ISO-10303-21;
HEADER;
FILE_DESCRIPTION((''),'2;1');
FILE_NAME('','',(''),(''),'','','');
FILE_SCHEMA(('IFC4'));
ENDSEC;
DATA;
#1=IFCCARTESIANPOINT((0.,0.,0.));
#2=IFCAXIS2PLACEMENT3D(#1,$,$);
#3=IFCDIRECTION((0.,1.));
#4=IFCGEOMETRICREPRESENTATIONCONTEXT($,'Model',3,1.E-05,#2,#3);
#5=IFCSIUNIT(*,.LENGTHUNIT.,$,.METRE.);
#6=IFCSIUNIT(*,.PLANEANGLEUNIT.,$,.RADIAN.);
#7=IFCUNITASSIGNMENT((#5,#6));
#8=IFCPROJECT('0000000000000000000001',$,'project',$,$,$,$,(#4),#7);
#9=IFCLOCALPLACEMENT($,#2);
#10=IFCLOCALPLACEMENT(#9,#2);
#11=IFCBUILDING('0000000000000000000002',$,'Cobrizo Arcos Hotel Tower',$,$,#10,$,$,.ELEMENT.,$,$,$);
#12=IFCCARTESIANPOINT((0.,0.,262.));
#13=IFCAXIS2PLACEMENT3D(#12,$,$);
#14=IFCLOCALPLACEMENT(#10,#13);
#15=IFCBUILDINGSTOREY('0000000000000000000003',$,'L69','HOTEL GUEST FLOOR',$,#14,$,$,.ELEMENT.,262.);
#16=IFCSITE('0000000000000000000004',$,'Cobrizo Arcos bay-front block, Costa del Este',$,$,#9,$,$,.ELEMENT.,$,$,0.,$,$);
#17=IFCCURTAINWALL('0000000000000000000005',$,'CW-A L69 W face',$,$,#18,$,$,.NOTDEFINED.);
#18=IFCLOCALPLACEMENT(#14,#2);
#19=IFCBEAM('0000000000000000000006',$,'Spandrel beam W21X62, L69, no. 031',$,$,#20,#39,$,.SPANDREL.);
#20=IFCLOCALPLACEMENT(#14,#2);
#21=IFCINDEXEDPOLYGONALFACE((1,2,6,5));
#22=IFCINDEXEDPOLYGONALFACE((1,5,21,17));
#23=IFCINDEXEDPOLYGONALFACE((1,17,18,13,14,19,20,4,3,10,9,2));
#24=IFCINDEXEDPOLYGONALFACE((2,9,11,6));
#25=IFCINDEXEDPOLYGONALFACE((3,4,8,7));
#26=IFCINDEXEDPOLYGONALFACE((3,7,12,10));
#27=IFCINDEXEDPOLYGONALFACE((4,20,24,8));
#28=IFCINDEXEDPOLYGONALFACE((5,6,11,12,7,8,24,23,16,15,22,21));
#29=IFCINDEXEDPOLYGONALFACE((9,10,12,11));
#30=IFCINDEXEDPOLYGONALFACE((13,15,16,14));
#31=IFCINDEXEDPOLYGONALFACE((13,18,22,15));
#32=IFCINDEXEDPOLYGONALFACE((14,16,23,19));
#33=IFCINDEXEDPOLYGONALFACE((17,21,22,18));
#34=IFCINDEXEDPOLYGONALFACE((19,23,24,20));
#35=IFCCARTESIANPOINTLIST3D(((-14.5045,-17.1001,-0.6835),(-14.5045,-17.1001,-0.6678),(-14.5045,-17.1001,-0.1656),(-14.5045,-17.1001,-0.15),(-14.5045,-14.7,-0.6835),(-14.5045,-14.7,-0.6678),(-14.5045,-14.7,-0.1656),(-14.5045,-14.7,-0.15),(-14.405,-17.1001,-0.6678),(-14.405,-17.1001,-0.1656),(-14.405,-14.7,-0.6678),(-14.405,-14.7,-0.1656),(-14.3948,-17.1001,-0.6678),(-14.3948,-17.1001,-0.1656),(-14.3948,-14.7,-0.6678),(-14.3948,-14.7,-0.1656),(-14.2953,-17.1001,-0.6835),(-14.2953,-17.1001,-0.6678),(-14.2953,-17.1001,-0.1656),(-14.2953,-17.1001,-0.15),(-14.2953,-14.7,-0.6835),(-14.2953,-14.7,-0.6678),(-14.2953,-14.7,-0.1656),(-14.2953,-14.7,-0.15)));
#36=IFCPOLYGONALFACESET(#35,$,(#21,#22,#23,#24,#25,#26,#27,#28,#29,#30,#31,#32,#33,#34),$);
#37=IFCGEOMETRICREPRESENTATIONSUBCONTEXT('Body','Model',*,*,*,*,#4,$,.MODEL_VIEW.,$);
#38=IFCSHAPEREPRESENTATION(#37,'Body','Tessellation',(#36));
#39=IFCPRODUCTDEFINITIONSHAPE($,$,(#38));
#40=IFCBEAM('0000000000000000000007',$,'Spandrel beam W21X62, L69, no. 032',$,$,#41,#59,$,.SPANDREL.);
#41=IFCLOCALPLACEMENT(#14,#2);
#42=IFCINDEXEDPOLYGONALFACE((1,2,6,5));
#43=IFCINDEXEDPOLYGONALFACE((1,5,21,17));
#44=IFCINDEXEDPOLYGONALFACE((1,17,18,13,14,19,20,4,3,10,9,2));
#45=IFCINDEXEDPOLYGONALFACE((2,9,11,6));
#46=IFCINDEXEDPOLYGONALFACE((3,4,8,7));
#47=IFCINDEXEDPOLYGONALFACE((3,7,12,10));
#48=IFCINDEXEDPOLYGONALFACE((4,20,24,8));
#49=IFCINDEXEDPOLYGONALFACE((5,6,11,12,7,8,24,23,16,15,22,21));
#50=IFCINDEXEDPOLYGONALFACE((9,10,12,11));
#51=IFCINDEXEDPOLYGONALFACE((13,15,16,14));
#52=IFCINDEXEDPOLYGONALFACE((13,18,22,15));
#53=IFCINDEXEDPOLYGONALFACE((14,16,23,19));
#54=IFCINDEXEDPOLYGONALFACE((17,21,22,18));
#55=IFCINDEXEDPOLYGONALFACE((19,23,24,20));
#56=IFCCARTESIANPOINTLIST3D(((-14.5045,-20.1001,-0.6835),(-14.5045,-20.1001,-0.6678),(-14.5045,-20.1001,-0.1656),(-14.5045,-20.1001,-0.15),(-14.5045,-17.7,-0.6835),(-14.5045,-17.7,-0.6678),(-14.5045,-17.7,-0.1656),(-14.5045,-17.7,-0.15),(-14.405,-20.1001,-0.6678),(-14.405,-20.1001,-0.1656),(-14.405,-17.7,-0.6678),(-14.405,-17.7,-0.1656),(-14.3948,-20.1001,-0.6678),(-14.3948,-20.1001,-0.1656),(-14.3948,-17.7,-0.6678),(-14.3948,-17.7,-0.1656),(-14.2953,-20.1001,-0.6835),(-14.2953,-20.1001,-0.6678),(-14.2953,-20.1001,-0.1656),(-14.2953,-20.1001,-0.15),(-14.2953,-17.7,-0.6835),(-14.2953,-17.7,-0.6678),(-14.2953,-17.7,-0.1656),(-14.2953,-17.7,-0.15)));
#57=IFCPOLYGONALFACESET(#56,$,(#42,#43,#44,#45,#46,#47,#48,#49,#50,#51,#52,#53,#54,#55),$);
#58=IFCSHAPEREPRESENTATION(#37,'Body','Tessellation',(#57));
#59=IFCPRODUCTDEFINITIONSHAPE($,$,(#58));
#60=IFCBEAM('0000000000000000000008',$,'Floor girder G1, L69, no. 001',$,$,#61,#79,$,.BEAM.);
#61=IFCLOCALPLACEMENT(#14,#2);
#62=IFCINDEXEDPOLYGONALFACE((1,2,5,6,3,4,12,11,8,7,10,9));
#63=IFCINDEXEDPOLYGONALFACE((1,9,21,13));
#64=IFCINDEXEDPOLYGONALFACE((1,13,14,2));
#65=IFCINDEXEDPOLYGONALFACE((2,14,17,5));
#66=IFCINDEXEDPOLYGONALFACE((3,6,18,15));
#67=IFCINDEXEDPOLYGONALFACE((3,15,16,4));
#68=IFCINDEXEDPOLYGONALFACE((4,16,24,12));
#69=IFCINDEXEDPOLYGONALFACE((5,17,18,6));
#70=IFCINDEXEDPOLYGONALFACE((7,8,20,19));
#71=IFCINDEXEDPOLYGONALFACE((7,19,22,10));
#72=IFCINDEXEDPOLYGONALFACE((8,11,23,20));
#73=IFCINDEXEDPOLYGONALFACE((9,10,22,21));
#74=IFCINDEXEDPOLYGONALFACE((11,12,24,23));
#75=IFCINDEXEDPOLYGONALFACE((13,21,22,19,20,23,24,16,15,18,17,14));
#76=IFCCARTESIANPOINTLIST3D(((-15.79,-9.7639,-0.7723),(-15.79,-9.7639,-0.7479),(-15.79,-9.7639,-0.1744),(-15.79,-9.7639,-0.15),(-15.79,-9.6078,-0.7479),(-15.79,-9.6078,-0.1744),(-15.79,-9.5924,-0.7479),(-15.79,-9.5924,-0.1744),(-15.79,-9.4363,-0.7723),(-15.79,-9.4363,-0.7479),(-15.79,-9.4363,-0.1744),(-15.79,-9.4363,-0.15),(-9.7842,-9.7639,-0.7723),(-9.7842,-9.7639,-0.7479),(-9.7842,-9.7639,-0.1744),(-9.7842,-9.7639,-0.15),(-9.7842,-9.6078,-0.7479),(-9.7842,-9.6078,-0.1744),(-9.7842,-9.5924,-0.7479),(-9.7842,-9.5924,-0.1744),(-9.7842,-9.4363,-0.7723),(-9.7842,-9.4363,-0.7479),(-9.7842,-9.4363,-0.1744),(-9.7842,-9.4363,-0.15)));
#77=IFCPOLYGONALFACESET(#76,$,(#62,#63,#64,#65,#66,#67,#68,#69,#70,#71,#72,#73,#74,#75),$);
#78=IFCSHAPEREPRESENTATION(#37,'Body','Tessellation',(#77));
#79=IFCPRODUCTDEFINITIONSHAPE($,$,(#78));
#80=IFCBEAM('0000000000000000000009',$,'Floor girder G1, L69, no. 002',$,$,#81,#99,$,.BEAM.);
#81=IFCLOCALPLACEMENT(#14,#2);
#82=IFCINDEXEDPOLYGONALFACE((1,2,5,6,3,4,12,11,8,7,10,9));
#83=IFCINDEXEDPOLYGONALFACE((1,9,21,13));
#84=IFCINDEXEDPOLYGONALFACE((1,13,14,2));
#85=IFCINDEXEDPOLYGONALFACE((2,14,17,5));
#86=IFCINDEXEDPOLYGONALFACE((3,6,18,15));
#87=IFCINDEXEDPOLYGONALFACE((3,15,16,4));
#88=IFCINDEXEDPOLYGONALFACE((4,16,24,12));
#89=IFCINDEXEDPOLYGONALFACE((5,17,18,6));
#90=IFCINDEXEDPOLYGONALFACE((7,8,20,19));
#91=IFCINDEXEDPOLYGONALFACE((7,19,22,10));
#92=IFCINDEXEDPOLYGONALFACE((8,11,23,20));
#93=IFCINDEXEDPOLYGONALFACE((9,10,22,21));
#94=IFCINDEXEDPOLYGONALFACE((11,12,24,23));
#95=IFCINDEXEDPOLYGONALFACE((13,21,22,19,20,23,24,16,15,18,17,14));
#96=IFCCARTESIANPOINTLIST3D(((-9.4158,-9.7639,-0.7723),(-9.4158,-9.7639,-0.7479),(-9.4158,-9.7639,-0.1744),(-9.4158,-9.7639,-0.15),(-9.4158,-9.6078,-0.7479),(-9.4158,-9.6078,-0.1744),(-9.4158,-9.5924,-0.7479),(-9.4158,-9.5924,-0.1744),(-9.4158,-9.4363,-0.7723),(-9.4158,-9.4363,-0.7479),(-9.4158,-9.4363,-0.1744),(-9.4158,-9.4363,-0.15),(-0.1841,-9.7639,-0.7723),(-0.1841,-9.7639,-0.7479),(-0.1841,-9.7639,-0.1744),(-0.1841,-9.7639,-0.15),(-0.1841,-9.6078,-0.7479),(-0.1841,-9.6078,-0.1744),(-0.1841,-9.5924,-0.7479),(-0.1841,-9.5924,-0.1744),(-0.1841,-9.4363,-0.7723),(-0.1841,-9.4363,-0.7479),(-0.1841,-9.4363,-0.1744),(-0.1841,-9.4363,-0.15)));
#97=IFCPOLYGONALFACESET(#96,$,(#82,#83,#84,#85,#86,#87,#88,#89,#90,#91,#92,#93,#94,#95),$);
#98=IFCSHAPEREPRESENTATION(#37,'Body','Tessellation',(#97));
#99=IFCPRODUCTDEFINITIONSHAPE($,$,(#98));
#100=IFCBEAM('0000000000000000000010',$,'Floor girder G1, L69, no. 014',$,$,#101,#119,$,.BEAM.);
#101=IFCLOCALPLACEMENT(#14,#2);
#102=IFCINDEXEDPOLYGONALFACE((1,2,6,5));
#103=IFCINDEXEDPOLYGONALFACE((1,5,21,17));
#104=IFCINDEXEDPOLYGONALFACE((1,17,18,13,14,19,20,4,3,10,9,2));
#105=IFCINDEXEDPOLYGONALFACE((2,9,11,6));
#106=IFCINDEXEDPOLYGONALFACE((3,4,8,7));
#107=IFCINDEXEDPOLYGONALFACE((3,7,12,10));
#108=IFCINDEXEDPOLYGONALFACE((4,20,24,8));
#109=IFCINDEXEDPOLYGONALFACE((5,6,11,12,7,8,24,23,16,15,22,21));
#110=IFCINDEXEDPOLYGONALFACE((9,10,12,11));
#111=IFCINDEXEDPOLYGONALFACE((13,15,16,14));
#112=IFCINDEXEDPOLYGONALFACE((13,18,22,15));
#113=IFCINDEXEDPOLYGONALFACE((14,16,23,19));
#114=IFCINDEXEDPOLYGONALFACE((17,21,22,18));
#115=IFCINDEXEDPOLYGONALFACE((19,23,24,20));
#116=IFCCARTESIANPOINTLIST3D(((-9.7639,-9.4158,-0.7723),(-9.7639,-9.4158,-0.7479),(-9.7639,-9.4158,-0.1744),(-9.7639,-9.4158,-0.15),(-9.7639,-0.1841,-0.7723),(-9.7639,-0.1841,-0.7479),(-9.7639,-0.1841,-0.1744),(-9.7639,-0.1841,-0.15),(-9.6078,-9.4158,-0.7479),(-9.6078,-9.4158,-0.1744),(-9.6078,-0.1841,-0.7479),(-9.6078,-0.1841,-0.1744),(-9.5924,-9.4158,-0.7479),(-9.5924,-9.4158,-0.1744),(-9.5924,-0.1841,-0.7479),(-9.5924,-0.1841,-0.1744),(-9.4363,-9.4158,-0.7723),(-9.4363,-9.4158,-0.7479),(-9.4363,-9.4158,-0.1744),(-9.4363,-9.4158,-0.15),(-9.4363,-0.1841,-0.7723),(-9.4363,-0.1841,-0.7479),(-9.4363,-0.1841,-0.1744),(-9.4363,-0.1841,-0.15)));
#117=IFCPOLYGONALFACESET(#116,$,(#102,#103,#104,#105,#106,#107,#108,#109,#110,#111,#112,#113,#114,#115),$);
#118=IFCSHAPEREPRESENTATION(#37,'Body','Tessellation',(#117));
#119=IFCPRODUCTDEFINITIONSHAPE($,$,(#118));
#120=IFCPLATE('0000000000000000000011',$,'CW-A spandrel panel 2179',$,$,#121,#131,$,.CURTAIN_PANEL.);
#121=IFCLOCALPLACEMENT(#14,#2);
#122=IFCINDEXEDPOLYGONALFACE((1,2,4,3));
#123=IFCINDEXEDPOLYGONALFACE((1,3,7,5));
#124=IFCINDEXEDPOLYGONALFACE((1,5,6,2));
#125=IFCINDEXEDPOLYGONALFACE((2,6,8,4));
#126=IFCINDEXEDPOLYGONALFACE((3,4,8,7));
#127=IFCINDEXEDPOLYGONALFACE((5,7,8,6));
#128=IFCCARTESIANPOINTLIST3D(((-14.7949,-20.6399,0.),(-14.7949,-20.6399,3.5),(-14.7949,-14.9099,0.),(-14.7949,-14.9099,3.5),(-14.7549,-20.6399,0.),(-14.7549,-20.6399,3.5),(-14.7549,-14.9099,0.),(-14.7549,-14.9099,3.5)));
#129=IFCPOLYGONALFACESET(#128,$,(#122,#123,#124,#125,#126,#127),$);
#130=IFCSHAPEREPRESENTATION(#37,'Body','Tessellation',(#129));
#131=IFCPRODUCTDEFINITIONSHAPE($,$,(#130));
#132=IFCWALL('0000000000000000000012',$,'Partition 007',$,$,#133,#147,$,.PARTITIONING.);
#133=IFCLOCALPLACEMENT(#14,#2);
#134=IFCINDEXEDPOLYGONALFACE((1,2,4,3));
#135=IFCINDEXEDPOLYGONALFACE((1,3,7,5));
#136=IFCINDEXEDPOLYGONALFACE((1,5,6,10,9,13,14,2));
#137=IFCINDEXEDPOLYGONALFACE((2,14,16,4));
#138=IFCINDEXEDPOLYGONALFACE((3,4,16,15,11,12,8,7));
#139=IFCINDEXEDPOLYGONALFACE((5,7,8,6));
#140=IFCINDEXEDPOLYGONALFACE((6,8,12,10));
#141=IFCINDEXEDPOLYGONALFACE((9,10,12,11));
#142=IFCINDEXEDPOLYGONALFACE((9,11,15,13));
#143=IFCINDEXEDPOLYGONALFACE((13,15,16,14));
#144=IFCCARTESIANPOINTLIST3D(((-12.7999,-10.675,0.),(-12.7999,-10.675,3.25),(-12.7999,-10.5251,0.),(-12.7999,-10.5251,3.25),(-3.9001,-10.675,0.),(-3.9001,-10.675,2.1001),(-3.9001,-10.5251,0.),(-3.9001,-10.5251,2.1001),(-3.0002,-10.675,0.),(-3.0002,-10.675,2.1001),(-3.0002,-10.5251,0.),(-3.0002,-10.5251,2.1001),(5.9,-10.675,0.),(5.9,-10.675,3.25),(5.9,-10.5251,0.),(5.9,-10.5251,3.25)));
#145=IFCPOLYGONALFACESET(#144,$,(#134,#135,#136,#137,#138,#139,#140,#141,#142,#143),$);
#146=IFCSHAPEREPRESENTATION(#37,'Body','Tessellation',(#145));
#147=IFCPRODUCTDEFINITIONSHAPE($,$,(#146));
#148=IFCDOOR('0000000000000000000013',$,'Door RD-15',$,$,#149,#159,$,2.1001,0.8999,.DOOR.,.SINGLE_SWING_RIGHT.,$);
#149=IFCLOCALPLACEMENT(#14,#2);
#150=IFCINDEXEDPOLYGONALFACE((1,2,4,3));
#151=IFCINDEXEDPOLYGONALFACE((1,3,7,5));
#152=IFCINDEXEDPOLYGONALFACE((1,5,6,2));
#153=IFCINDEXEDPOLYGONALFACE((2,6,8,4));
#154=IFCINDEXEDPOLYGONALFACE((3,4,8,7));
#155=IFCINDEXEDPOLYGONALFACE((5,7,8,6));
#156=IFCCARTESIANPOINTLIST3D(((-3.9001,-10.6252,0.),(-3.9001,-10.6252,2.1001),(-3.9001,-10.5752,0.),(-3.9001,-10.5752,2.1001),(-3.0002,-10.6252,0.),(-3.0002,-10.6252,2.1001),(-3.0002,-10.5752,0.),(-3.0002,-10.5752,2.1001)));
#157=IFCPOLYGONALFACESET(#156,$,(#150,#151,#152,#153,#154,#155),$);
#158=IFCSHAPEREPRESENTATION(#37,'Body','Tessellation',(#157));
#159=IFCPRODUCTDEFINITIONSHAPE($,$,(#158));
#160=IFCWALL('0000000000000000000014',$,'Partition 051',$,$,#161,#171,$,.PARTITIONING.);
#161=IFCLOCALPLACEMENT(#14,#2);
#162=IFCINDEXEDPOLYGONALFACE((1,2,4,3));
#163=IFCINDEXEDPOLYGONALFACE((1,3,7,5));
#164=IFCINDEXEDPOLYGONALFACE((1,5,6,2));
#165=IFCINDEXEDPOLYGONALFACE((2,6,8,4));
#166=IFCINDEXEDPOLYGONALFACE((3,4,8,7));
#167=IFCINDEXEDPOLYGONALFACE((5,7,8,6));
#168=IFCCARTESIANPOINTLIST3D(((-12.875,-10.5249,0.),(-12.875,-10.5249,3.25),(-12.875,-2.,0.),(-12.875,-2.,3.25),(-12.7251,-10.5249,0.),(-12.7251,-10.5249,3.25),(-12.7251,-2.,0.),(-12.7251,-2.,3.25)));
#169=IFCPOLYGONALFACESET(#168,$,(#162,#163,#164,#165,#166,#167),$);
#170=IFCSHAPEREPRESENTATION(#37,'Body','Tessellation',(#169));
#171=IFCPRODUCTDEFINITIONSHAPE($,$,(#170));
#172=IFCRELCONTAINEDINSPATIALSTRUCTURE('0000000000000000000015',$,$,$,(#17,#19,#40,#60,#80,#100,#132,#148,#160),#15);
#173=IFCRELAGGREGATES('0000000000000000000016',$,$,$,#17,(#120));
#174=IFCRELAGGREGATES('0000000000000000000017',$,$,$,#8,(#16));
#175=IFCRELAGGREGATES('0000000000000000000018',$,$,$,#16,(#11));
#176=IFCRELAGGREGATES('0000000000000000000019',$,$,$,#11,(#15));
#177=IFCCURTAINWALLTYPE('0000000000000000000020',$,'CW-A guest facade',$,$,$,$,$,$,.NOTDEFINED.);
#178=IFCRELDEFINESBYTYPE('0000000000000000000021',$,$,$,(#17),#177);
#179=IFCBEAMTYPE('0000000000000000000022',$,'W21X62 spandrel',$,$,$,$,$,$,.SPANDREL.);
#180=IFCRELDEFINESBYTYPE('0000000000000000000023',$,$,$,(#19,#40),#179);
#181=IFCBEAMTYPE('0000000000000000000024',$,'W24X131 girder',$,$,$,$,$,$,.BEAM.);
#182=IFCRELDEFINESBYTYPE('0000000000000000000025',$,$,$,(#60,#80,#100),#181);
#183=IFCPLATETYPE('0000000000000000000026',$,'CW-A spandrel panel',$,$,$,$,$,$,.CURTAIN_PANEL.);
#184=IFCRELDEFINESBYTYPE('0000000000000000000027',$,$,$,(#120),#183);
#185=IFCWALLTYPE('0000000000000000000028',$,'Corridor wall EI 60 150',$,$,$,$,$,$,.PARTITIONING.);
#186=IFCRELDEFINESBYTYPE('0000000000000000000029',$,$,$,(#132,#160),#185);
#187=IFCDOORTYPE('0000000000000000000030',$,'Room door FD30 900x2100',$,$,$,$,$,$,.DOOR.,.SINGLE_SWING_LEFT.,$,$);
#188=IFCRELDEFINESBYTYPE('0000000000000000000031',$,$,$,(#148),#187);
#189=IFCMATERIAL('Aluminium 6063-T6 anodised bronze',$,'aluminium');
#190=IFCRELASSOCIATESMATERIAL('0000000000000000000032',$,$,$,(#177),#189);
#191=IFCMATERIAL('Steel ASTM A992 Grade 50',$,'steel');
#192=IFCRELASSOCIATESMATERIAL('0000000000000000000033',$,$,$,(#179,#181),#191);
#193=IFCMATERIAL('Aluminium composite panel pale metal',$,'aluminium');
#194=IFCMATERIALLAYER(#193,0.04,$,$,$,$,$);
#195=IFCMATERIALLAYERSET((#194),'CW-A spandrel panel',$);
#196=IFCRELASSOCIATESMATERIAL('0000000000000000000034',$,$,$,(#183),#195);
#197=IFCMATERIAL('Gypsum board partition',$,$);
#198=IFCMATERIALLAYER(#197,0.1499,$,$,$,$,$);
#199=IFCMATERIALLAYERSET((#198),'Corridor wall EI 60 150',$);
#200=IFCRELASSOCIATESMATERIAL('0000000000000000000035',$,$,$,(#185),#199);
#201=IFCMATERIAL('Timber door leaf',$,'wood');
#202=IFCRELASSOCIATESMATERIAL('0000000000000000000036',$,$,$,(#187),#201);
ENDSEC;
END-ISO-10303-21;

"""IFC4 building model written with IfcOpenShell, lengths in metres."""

from ifc_helpers import new_model, si_unit, direction, frame, frame_2d, origin, origin_2d, place, context, subcontext, project, spatial, rectangle, i_section, extrude, material, layer, layer_set, material_profile, profile_set, type_object, element, fill, aggregate, save


model = new_model("IFC4")

# Units and contexts
model_context = context("Model", 3, precision=1e-05, world=origin(), true_north=direction((0.0, 1.0)))
body_context = subcontext(model_context, "Body", "Model", "MODEL_VIEW")
ifc_project = project(units=[si_unit("LENGTHUNIT", "METRE"), si_unit("PLANEANGLEUNIT", "RADIAN")], contexts=[model_context])

# Site, building, storey
site_placement = place(None, origin())
site = spatial("IfcSite", under=ifc_project, at=site_placement, Name="Cobrizo Arcos bay-front block, Costa del Este", CompositionType="ELEMENT", RefElevation=0.0)
building_placement = place(site_placement, origin())
building = spatial("IfcBuilding", under=site, at=building_placement, Name="Cobrizo Arcos Hotel Tower", CompositionType="ELEMENT")
storey_placement = place(building_placement, frame((0.0, 0.0, 262.0)))
storey = spatial("IfcBuildingStorey", under=building, at=storey_placement, Name="L69", Description="HOTEL GUEST FLOOR", CompositionType="ELEMENT", Elevation=262.0)

# Shared definitions
ifc_material_1 = material(Name="Steel ASTM A992 Grade 50", Category="steel")

# Curtain wall
ifc_material_2 = material(Name="Aluminium 6063-T6 anodised bronze", Category="aluminium")
curtain_wall_type = type_object("IfcCurtainWallType", Name="CW-A guest facade", PredefinedType="NOTDEFINED", material=ifc_material_2)
curtain_wall_1_placement = place(storey_placement, origin())
curtain_wall_1 = element("IfcCurtainWall", 1, at=curtain_wall_1_placement, inside=storey, type_object=curtain_wall_type, Name="CW-A L69 W face", PredefinedType="NOTDEFINED")

# Beams
ifc_material_profile_1 = material_profile(ifc_material_1, i_section(OverallWidth=0.2092, OverallDepth=0.5334, WebThickness=0.0103, FlangeThickness=0.0156, at=origin_2d()), Name="W21X62")
ifc_profile_set_1 = profile_set([ifc_material_profile_1], Name="Steel ASTM A992 Grade 50")
beam_type_1 = type_object("IfcBeamType", Name="W21X62 spandrel", PredefinedType="SPANDREL", material=ifc_profile_set_1)
for number, where, z_axis, x_axis, name in (
    (2, (-14.3999, -14.7, -0.4167), (0.0, -1.0, 0.0), (1.0, 0.0, 0.0), "Spandrel beam W21X62, L69, no. 031"),
    (3, (-14.3999, -17.7, -0.4167), (0.0, -1.0, 0.0), (1.0, 0.0, 0.0), "Spandrel beam W21X62, L69, no. 032"),
):
    element("IfcBeam", number, at=place(storey_placement, frame(where, z_axis=z_axis, x_axis=x_axis)), inside=storey, type_object=beam_type_1, Name=name, PredefinedType="SPANDREL", context=body_context, shape_type="SweptSolid", body=[
        extrude(i_section(OverallWidth=0.2092, OverallDepth=0.5334, WebThickness=0.0103, FlangeThickness=0.0156, at=origin_2d()), origin(), (0.0, 0.0, 1.0), 2.4001),
    ])
ifc_material_profile_2 = material_profile(ifc_material_1, i_section(OverallWidth=0.3276, OverallDepth=0.6223, WebThickness=0.0154, FlangeThickness=0.0244, at=origin_2d()), Name="W24X131")
ifc_profile_set_2 = profile_set([ifc_material_profile_2], Name="Steel ASTM A992 Grade 50")
beam_type_2 = type_object("IfcBeamType", Name="W24X131 girder", PredefinedType="BEAM", material=ifc_profile_set_2)
beam_1_placement = place(storey_placement, frame((-15.79, -9.6001, -0.4612), z_axis=(1.0, 0.0, 0.0), x_axis=(0.0, 1.0, 0.0)))
element("IfcBeam", 4, at=beam_1_placement, inside=storey, type_object=beam_type_2, Name="Floor girder G1, L69, no. 001", PredefinedType="BEAM", context=body_context, shape_type="SweptSolid", body=[
    extrude(i_section(OverallWidth=0.3276, OverallDepth=0.6223, WebThickness=0.0154, FlangeThickness=0.0244, at=origin_2d()), origin(), (0.0, 0.0, 1.0), 6.0059),
])
for number, where, z_axis, x_axis, name in (
    (5, (-9.4158, -9.6001, -0.4612), (1.0, 0.0, 0.0), (0.0, 1.0, 0.0), "Floor girder G1, L69, no. 002"),
    (6, (-9.6001, -9.4158, -0.4612), (0.0, 1.0, 0.0), (-1.0, 0.0, 0.0), "Floor girder G1, L69, no. 014"),
):
    element("IfcBeam", number, at=place(storey_placement, frame(where, z_axis=z_axis, x_axis=x_axis)), inside=storey, type_object=beam_type_2, Name=name, PredefinedType="BEAM", context=body_context, shape_type="SweptSolid", body=[
        extrude(i_section(OverallWidth=0.3276, OverallDepth=0.6223, WebThickness=0.0154, FlangeThickness=0.0244, at=origin_2d()), origin(), (0.0, 0.0, 1.0), 9.2317),
    ])

# Plate
ifc_material_3 = material(Name="Aluminium composite panel pale metal", Category="aluminium")
ifc_layer_1 = layer(ifc_material_3, 0.04)
ifc_layer_set_1 = layer_set([ifc_layer_1], Name="CW-A spandrel panel")
plate_type = type_object("IfcPlateType", Name="CW-A spandrel panel", PredefinedType="CURTAIN_PANEL", material=ifc_layer_set_1)
plate_placement = place(storey_placement, frame((-14.7749, -17.7749, 0.0), z_axis=(0.0, 0.0, 1.0), x_axis=(0.0, -1.0, 0.0)))
plate = element("IfcPlate", 7, at=plate_placement, type_object=plate_type, Name="CW-A spandrel panel 2179", PredefinedType="CURTAIN_PANEL", context=body_context, shape_type="SweptSolid", body=[
    extrude(rectangle(XDim=5.73, YDim=0.04, at=origin_2d()), origin(), (0.0, 0.0, 1.0), 3.5),
])
aggregate(curtain_wall_1, [plate])

# Wall, opening, door
ifc_material_4 = material(Name="Gypsum board partition")
ifc_layer_2 = layer(ifc_material_4, 0.1499)
ifc_layer_set_2 = layer_set([ifc_layer_2], Name="Corridor wall EI 60 150")
wall_type_1 = type_object("IfcWallType", Name="Corridor wall EI 60 150", PredefinedType="PARTITIONING", material=ifc_layer_set_2)
wall_1_placement = place(storey_placement, frame((-12.8, -10.6001, 0.0), z_axis=(0.0, 0.0, 1.0), x_axis=(1.0, 0.0, 0.0)))
wall_1 = element("IfcWall", 8, at=wall_1_placement, inside=storey, type_object=wall_type_1, Name="Partition 007", PredefinedType="PARTITIONING", context=body_context, shape_type="SweptSolid", body=[
    extrude(rectangle(XDim=18.7, YDim=0.1499, at=frame_2d((9.3501, 0.0))), origin(), (0.0, 0.0, 1.0), 3.25),
])
opening_1_placement = place(wall_1_placement, frame((8.8999, 0.0, 0.0)))
opening_1 = element("IfcOpeningElement", 9, at=opening_1_placement, cuts=wall_1, PredefinedType="OPENING", context=body_context, shape_type="SweptSolid", body=[
    extrude(rectangle(XDim=0.8999, YDim=2.1001, at=frame_2d((0.45, 1.05))), frame((0.0, 0.0869, 0.0), z_axis=(0.0, -1.0, 0.0), x_axis=(1.0, 0.0, 0.0)), (0.0, 0.0, 1.0), 0.1738),
])
ifc_material_5 = material(Name="Timber door leaf", Category="wood")
door_type_1 = type_object("IfcDoorType", Name="Room door FD30 900x2100", OperationType="SINGLE_SWING_LEFT", PredefinedType="DOOR", material=ifc_material_5)
door_1_placement = place(opening_1_placement, origin())
door_1 = element("IfcDoor", 10, at=door_1_placement, inside=storey, type_object=door_type_1, Name="Door RD-15", OperationType="SINGLE_SWING_RIGHT", OverallHeight=2.1001, OverallWidth=0.8999, PredefinedType="DOOR", context=body_context, shape_type="SweptSolid", body=[
    extrude(rectangle(XDim=0.8999, YDim=2.1001, at=frame_2d((0.45, 1.05))), frame((0.0, 0.0249, 0.0), z_axis=(0.0, -1.0, 0.0), x_axis=(1.0, 0.0, 0.0)), (0.0, 0.0, 1.0), 0.05),
])
fill(opening_1, door_1)

# Wall
wall_2_placement = place(storey_placement, frame((-12.8, -10.5249, 0.0), z_axis=(0.0, 0.0, 1.0), x_axis=(0.0, 1.0, 0.0)))
element("IfcWall", 11, at=wall_2_placement, inside=storey, type_object=wall_type_1, Name="Partition 051", PredefinedType="PARTITIONING", context=body_context, shape_type="SweptSolid", body=[
    extrude(rectangle(XDim=8.5249, YDim=0.1499, at=frame_2d((4.2625, 0.0))), origin(), (0.0, 0.0, 1.0), 3.25),
])

save(model, "model.ifc")
